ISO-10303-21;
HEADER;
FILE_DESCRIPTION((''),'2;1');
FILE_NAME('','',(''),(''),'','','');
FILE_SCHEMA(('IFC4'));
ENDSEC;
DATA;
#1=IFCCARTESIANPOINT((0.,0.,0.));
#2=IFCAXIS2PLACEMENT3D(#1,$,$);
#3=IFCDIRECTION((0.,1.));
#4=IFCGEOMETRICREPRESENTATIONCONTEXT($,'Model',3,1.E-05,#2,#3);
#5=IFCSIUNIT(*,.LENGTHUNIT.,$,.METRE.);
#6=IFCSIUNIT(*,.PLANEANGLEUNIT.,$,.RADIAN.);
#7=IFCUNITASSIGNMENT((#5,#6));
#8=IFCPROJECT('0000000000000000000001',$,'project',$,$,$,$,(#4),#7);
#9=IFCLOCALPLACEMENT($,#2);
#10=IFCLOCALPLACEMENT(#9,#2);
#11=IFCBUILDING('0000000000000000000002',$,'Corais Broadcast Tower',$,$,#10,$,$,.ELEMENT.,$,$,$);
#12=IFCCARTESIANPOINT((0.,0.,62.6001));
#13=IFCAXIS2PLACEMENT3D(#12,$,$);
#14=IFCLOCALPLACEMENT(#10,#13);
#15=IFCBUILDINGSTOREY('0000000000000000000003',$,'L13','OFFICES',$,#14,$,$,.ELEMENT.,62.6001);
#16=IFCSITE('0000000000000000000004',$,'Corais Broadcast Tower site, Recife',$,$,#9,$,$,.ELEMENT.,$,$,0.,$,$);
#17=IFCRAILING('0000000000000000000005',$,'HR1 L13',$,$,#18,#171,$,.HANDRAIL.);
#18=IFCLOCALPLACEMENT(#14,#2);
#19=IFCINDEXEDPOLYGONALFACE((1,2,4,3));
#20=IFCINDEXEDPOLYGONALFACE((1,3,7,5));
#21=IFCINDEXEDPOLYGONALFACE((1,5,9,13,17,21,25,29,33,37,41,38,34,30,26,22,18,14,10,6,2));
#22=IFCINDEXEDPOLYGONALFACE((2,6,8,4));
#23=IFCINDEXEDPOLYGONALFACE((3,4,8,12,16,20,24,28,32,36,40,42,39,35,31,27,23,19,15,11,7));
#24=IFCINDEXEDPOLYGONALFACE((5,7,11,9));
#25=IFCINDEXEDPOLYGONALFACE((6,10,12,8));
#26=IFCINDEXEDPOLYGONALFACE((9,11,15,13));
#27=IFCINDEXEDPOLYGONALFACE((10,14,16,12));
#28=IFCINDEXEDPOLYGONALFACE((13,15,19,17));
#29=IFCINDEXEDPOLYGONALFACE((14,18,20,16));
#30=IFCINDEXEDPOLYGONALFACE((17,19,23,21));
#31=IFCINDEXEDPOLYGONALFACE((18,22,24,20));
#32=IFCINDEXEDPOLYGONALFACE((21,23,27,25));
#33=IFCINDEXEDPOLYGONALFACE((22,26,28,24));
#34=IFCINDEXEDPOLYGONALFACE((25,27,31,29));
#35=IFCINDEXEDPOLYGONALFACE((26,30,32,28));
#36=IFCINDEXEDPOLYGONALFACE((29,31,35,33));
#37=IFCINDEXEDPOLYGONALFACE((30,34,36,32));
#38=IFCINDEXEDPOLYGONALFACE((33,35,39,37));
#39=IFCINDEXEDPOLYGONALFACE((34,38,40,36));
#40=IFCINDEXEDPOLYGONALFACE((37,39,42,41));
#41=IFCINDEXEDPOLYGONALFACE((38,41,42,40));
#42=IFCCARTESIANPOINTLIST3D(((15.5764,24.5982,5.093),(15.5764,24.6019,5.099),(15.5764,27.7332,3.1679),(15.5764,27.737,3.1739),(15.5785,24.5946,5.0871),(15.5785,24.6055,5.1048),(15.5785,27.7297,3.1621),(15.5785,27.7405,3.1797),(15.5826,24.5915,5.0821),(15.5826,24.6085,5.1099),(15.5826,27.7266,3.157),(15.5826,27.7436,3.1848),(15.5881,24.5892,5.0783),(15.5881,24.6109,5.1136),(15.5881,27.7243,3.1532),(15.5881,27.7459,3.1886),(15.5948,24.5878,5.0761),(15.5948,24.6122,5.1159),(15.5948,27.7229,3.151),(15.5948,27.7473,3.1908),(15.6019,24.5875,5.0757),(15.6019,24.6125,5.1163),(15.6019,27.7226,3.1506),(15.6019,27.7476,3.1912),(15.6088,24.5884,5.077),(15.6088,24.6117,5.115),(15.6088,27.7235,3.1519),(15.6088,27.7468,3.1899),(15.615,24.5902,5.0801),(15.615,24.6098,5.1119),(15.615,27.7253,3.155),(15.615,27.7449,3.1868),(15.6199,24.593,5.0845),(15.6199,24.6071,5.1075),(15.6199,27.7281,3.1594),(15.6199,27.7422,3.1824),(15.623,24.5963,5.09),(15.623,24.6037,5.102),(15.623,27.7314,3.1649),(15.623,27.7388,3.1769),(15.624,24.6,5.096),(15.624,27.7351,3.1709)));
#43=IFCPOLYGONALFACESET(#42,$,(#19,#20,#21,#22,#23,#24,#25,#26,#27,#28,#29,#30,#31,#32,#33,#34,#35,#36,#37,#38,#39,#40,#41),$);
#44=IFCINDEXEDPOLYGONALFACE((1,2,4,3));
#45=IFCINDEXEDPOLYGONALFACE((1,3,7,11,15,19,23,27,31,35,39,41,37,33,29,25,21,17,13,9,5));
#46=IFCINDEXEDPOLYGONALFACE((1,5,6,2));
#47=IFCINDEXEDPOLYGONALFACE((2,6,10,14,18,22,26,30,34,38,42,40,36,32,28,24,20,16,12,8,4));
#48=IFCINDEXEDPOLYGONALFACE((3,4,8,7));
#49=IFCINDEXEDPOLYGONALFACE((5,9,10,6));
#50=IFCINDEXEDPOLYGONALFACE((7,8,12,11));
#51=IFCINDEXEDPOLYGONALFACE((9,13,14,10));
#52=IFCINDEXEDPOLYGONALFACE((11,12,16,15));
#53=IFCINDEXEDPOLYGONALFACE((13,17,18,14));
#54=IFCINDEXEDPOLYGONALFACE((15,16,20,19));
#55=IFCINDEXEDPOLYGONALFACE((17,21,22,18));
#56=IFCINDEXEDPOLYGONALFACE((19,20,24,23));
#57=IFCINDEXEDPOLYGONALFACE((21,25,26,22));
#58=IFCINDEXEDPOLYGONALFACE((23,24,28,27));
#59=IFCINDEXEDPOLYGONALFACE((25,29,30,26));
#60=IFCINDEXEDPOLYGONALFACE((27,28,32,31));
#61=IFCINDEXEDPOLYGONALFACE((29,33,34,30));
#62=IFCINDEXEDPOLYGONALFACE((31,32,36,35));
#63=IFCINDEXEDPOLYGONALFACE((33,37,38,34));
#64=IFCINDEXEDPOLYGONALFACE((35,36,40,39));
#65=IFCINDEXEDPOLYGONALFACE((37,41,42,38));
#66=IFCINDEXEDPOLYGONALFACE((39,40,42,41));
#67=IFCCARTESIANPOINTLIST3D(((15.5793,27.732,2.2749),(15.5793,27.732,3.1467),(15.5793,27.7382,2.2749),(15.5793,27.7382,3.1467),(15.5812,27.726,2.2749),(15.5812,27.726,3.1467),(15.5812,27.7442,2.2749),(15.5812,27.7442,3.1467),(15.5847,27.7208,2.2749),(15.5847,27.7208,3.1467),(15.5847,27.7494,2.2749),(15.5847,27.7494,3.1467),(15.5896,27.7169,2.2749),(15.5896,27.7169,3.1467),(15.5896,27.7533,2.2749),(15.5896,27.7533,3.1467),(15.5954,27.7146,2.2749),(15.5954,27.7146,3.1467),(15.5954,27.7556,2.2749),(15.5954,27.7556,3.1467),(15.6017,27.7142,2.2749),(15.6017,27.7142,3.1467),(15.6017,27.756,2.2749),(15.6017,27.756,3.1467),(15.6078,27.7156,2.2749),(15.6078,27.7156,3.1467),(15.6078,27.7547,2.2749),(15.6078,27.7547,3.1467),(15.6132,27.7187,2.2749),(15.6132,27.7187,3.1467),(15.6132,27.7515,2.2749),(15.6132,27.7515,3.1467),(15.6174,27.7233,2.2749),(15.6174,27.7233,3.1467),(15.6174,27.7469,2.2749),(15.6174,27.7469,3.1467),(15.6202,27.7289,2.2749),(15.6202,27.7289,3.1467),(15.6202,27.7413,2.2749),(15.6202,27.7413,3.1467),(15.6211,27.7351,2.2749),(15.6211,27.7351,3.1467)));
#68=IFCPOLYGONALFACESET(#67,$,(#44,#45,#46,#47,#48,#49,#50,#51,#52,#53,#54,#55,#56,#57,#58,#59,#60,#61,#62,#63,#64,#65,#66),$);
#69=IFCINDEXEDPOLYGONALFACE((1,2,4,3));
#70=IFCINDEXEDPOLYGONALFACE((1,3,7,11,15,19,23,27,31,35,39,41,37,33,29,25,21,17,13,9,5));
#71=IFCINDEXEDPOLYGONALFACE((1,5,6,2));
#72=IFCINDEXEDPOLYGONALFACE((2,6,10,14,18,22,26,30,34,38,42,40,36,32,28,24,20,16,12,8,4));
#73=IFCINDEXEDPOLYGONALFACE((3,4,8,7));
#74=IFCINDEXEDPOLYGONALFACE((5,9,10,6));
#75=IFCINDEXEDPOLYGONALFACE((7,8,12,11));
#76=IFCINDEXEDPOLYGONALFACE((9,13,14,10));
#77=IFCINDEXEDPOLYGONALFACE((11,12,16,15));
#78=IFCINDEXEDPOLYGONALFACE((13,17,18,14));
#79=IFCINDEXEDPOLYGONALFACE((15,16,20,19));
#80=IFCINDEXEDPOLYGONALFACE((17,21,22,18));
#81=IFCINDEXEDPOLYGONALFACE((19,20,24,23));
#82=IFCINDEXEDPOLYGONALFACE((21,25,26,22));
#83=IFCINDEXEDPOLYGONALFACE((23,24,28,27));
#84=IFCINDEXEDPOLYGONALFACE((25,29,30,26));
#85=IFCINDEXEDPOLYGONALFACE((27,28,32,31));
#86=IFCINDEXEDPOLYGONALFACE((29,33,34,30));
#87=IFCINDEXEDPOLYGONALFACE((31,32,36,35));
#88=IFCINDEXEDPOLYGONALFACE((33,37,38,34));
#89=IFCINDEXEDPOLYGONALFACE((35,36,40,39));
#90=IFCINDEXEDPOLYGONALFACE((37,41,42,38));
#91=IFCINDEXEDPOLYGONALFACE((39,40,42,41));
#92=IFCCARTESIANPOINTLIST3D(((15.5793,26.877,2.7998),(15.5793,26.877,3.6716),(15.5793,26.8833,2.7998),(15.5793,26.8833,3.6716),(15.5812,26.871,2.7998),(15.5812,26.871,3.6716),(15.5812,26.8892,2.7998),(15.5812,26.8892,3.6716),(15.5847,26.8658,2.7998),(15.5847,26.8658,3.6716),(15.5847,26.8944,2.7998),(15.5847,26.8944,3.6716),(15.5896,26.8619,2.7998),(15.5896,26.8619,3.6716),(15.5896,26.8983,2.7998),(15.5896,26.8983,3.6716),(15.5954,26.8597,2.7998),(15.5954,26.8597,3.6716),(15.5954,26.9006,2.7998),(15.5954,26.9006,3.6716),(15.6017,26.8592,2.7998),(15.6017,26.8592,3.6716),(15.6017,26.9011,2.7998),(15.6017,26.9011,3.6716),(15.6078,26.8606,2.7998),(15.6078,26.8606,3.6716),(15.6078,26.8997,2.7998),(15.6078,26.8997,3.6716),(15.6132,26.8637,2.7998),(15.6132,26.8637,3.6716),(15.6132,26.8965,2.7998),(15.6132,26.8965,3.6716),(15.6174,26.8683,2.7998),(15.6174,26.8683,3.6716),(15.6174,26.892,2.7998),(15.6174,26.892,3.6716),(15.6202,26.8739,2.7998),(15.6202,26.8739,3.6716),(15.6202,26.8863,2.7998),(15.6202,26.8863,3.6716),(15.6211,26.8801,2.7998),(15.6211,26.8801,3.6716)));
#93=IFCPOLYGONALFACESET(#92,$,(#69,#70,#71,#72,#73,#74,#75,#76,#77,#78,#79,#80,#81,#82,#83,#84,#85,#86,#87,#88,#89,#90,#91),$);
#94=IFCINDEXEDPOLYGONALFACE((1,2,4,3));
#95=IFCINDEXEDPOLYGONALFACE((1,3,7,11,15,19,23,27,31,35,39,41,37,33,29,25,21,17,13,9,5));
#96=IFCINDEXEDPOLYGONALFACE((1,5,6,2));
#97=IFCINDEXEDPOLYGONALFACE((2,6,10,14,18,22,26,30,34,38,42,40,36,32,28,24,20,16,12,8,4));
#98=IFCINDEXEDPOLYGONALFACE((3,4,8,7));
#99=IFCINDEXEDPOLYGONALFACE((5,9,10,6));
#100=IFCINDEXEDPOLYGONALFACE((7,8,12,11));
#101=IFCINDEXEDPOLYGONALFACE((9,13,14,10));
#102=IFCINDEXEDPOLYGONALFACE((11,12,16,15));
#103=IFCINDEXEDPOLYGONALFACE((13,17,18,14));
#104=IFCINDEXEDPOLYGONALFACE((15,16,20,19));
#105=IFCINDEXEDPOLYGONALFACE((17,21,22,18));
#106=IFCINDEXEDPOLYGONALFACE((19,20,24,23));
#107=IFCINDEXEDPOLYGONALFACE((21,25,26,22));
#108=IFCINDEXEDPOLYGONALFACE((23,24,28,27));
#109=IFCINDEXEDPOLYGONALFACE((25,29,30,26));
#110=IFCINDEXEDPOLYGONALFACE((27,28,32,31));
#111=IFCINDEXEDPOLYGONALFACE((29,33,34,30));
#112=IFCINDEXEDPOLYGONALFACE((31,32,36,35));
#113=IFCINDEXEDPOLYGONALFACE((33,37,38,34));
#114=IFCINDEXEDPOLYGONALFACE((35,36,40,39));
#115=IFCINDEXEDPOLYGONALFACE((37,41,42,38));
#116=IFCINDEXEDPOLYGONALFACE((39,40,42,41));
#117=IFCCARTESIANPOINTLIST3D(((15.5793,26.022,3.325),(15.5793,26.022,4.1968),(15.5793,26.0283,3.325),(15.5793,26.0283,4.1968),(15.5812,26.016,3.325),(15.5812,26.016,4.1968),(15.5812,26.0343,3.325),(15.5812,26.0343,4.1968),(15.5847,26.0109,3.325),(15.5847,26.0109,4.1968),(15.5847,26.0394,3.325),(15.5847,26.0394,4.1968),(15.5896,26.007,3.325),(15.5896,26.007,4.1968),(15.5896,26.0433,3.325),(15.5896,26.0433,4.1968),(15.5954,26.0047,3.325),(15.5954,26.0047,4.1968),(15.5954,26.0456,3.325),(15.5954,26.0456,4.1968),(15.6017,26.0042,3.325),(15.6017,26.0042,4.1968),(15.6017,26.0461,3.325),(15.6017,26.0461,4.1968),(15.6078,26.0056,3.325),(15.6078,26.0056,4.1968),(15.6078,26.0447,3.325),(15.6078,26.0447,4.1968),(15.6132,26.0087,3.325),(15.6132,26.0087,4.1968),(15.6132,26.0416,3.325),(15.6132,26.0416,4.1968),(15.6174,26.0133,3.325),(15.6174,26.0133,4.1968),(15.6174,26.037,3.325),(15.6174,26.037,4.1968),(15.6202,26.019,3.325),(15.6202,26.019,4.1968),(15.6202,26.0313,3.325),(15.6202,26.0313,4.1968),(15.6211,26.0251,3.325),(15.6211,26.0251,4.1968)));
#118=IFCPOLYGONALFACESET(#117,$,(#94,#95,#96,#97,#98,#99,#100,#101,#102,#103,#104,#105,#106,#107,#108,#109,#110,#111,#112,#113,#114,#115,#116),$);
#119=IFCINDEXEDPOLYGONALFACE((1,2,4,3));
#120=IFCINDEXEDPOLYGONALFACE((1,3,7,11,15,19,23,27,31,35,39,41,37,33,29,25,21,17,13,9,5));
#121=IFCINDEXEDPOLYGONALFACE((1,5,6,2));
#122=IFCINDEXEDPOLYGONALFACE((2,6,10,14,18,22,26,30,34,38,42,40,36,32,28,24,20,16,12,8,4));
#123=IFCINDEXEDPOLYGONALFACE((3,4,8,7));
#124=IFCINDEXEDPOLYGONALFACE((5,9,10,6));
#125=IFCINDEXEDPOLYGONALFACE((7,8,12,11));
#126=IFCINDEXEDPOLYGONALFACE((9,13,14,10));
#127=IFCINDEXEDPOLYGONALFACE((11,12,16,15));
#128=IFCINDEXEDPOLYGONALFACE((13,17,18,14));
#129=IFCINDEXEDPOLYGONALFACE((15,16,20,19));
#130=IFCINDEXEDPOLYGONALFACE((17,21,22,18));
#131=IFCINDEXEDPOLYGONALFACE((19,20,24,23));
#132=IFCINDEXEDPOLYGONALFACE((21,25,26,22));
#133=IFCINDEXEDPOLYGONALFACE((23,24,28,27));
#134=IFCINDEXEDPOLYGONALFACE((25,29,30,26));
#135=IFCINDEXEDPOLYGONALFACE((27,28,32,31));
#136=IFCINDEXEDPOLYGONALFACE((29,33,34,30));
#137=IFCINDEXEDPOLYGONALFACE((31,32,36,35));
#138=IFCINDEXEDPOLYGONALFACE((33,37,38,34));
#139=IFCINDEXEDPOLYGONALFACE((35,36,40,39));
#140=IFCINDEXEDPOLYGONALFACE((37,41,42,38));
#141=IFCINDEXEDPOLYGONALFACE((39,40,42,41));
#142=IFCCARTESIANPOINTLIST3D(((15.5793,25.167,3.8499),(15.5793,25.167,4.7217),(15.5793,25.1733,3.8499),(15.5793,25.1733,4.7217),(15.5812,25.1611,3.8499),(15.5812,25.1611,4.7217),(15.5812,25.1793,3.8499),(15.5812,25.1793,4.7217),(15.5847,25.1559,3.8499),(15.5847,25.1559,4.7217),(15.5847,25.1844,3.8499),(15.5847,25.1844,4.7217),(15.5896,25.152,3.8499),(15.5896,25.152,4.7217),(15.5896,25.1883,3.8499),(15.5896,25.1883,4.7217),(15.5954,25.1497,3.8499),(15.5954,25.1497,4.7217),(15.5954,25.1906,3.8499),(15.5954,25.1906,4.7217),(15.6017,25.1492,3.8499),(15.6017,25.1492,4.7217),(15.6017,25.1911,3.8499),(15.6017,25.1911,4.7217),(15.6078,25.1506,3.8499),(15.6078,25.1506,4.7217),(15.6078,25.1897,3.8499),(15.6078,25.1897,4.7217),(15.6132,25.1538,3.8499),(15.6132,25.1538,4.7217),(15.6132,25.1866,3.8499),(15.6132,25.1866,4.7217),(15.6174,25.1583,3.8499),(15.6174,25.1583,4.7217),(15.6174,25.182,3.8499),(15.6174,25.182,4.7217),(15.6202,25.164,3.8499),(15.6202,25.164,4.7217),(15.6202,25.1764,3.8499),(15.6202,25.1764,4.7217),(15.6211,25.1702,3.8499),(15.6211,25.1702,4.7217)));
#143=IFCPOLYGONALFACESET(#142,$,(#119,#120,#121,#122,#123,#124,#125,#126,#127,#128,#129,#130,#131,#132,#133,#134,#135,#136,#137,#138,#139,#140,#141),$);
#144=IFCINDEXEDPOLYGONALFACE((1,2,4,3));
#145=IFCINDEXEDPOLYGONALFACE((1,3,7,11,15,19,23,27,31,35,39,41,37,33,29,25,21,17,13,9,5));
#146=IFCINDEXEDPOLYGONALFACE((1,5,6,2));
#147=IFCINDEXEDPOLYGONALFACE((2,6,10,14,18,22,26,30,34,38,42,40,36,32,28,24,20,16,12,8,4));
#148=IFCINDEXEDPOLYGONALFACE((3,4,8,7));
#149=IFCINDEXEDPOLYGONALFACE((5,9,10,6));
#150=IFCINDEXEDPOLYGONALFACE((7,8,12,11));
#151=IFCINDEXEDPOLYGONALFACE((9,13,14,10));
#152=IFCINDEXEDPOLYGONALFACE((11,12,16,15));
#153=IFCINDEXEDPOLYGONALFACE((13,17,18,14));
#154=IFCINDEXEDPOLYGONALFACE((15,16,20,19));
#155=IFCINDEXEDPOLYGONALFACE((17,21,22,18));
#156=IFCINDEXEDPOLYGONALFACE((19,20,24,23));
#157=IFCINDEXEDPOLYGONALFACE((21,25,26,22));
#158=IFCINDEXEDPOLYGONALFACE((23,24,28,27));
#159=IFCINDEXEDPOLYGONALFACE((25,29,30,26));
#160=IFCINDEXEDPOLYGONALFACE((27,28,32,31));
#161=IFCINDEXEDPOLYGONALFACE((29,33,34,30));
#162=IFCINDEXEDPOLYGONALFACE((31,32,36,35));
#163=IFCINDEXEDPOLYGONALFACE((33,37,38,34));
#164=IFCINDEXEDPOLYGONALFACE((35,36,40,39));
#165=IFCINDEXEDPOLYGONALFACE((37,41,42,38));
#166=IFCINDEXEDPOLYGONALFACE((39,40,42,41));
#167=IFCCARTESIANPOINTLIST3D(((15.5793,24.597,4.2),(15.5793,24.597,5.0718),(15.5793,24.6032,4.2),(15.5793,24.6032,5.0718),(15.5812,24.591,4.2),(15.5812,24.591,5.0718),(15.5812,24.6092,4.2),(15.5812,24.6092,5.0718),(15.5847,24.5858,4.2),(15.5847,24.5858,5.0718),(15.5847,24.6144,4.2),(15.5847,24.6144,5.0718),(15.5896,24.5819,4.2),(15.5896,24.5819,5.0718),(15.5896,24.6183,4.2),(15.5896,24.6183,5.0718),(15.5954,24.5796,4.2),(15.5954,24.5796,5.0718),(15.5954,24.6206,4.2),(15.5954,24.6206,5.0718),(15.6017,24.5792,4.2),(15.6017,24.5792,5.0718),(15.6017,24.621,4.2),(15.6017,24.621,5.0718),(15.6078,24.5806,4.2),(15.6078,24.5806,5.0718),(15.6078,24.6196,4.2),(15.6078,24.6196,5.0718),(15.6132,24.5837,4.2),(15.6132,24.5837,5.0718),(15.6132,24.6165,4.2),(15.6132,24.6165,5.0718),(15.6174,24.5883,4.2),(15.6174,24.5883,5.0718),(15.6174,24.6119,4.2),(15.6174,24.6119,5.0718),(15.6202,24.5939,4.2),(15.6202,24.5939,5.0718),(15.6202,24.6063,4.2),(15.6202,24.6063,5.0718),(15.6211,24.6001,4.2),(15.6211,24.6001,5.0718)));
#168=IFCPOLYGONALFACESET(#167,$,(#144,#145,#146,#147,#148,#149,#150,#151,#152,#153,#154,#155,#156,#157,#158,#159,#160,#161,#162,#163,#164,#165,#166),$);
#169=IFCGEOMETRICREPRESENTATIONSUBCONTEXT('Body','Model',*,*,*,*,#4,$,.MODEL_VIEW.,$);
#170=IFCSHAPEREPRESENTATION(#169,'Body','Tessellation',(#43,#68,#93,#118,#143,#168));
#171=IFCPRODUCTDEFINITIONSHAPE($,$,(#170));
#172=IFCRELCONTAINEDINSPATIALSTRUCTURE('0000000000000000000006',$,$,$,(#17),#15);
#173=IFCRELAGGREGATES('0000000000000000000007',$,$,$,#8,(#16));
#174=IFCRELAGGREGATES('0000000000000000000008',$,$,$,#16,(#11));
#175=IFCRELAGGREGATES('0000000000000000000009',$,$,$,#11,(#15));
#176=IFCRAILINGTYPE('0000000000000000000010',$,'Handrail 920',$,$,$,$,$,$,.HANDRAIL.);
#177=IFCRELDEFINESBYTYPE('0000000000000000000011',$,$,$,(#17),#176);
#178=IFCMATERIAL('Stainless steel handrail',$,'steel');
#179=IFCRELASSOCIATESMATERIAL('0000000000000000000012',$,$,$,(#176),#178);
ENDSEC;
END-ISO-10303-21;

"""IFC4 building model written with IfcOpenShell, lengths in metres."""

from ifc_helpers import new_model, si_unit, direction, frame, origin, origin_2d, place, context, subcontext, project, spatial, circle, extrude, material, type_object, element, save


model = new_model("IFC4")

# Units and contexts
model_context = context("Model", 3, precision=1e-05, world=origin(), true_north=direction((0.0, 1.0)))
body_context = subcontext(model_context, "Body", "Model", "MODEL_VIEW")
ifc_project = project(units=[si_unit("LENGTHUNIT", "METRE"), si_unit("PLANEANGLEUNIT", "RADIAN")], contexts=[model_context])

# Site, building, storey
site_placement = place(None, origin())
site = spatial("IfcSite", under=ifc_project, at=site_placement, Name="Corais Broadcast Tower site, Recife", CompositionType="ELEMENT", RefElevation=0.0)
building_placement = place(site_placement, origin())
building = spatial("IfcBuilding", under=site, at=building_placement, Name="Corais Broadcast Tower", CompositionType="ELEMENT")
storey_placement = place(building_placement, frame((0.0, 0.0, 62.6001)))
storey = spatial("IfcBuildingStorey", under=building, at=storey_placement, Name="L13", Description="OFFICES", CompositionType="ELEMENT", Elevation=62.6001)

# Railing
ifc_material_1 = material(Name="Stainless steel handrail", Category="steel")
railing_type = type_object("IfcRailingType", Name="Handrail 920", PredefinedType="HANDRAIL", material=ifc_material_1)
for number, where, name in (
    (1, (15.6001, 27.7351, 2.2749), "HR1 L13"),
):
    element("IfcRailing", number, at=place(storey_placement, frame(where)), inside=storey, type_object=railing_type, Name=name, PredefinedType="HANDRAIL", context=body_context, shape_type="SweptSolid", body=[
        extrude(circle(Radius=0.0239, at=origin_2d()), frame((0.0, 0.0, 0.896), z_axis=(0.0, -0.852166, 0.523271), x_axis=(1.0, 0.0, 0.0)), (0.0, 0.0, 1.0), 3.679),
        extrude(circle(Radius=0.021, at=origin_2d()), origin(), (0.0, 0.0, 1.0), 0.8718),
        extrude(circle(Radius=0.021, at=origin_2d()), frame((0.0, -0.855, 0.5249)), (0.0, 0.0, 1.0), 0.8718),
        extrude(circle(Radius=0.021, at=origin_2d()), frame((0.0, -1.71, 1.05)), (0.0, 0.0, 1.0), 0.8718),
        extrude(circle(Radius=0.021, at=origin_2d()), frame((0.0, -2.5649, 1.575)), (0.0, 0.0, 1.0), 0.8718),
        extrude(circle(Radius=0.021, at=origin_2d()), frame((0.0, -3.135, 1.925)), (0.0, 0.0, 1.0), 0.8718),
    ])

save(model, "model.ifc")
